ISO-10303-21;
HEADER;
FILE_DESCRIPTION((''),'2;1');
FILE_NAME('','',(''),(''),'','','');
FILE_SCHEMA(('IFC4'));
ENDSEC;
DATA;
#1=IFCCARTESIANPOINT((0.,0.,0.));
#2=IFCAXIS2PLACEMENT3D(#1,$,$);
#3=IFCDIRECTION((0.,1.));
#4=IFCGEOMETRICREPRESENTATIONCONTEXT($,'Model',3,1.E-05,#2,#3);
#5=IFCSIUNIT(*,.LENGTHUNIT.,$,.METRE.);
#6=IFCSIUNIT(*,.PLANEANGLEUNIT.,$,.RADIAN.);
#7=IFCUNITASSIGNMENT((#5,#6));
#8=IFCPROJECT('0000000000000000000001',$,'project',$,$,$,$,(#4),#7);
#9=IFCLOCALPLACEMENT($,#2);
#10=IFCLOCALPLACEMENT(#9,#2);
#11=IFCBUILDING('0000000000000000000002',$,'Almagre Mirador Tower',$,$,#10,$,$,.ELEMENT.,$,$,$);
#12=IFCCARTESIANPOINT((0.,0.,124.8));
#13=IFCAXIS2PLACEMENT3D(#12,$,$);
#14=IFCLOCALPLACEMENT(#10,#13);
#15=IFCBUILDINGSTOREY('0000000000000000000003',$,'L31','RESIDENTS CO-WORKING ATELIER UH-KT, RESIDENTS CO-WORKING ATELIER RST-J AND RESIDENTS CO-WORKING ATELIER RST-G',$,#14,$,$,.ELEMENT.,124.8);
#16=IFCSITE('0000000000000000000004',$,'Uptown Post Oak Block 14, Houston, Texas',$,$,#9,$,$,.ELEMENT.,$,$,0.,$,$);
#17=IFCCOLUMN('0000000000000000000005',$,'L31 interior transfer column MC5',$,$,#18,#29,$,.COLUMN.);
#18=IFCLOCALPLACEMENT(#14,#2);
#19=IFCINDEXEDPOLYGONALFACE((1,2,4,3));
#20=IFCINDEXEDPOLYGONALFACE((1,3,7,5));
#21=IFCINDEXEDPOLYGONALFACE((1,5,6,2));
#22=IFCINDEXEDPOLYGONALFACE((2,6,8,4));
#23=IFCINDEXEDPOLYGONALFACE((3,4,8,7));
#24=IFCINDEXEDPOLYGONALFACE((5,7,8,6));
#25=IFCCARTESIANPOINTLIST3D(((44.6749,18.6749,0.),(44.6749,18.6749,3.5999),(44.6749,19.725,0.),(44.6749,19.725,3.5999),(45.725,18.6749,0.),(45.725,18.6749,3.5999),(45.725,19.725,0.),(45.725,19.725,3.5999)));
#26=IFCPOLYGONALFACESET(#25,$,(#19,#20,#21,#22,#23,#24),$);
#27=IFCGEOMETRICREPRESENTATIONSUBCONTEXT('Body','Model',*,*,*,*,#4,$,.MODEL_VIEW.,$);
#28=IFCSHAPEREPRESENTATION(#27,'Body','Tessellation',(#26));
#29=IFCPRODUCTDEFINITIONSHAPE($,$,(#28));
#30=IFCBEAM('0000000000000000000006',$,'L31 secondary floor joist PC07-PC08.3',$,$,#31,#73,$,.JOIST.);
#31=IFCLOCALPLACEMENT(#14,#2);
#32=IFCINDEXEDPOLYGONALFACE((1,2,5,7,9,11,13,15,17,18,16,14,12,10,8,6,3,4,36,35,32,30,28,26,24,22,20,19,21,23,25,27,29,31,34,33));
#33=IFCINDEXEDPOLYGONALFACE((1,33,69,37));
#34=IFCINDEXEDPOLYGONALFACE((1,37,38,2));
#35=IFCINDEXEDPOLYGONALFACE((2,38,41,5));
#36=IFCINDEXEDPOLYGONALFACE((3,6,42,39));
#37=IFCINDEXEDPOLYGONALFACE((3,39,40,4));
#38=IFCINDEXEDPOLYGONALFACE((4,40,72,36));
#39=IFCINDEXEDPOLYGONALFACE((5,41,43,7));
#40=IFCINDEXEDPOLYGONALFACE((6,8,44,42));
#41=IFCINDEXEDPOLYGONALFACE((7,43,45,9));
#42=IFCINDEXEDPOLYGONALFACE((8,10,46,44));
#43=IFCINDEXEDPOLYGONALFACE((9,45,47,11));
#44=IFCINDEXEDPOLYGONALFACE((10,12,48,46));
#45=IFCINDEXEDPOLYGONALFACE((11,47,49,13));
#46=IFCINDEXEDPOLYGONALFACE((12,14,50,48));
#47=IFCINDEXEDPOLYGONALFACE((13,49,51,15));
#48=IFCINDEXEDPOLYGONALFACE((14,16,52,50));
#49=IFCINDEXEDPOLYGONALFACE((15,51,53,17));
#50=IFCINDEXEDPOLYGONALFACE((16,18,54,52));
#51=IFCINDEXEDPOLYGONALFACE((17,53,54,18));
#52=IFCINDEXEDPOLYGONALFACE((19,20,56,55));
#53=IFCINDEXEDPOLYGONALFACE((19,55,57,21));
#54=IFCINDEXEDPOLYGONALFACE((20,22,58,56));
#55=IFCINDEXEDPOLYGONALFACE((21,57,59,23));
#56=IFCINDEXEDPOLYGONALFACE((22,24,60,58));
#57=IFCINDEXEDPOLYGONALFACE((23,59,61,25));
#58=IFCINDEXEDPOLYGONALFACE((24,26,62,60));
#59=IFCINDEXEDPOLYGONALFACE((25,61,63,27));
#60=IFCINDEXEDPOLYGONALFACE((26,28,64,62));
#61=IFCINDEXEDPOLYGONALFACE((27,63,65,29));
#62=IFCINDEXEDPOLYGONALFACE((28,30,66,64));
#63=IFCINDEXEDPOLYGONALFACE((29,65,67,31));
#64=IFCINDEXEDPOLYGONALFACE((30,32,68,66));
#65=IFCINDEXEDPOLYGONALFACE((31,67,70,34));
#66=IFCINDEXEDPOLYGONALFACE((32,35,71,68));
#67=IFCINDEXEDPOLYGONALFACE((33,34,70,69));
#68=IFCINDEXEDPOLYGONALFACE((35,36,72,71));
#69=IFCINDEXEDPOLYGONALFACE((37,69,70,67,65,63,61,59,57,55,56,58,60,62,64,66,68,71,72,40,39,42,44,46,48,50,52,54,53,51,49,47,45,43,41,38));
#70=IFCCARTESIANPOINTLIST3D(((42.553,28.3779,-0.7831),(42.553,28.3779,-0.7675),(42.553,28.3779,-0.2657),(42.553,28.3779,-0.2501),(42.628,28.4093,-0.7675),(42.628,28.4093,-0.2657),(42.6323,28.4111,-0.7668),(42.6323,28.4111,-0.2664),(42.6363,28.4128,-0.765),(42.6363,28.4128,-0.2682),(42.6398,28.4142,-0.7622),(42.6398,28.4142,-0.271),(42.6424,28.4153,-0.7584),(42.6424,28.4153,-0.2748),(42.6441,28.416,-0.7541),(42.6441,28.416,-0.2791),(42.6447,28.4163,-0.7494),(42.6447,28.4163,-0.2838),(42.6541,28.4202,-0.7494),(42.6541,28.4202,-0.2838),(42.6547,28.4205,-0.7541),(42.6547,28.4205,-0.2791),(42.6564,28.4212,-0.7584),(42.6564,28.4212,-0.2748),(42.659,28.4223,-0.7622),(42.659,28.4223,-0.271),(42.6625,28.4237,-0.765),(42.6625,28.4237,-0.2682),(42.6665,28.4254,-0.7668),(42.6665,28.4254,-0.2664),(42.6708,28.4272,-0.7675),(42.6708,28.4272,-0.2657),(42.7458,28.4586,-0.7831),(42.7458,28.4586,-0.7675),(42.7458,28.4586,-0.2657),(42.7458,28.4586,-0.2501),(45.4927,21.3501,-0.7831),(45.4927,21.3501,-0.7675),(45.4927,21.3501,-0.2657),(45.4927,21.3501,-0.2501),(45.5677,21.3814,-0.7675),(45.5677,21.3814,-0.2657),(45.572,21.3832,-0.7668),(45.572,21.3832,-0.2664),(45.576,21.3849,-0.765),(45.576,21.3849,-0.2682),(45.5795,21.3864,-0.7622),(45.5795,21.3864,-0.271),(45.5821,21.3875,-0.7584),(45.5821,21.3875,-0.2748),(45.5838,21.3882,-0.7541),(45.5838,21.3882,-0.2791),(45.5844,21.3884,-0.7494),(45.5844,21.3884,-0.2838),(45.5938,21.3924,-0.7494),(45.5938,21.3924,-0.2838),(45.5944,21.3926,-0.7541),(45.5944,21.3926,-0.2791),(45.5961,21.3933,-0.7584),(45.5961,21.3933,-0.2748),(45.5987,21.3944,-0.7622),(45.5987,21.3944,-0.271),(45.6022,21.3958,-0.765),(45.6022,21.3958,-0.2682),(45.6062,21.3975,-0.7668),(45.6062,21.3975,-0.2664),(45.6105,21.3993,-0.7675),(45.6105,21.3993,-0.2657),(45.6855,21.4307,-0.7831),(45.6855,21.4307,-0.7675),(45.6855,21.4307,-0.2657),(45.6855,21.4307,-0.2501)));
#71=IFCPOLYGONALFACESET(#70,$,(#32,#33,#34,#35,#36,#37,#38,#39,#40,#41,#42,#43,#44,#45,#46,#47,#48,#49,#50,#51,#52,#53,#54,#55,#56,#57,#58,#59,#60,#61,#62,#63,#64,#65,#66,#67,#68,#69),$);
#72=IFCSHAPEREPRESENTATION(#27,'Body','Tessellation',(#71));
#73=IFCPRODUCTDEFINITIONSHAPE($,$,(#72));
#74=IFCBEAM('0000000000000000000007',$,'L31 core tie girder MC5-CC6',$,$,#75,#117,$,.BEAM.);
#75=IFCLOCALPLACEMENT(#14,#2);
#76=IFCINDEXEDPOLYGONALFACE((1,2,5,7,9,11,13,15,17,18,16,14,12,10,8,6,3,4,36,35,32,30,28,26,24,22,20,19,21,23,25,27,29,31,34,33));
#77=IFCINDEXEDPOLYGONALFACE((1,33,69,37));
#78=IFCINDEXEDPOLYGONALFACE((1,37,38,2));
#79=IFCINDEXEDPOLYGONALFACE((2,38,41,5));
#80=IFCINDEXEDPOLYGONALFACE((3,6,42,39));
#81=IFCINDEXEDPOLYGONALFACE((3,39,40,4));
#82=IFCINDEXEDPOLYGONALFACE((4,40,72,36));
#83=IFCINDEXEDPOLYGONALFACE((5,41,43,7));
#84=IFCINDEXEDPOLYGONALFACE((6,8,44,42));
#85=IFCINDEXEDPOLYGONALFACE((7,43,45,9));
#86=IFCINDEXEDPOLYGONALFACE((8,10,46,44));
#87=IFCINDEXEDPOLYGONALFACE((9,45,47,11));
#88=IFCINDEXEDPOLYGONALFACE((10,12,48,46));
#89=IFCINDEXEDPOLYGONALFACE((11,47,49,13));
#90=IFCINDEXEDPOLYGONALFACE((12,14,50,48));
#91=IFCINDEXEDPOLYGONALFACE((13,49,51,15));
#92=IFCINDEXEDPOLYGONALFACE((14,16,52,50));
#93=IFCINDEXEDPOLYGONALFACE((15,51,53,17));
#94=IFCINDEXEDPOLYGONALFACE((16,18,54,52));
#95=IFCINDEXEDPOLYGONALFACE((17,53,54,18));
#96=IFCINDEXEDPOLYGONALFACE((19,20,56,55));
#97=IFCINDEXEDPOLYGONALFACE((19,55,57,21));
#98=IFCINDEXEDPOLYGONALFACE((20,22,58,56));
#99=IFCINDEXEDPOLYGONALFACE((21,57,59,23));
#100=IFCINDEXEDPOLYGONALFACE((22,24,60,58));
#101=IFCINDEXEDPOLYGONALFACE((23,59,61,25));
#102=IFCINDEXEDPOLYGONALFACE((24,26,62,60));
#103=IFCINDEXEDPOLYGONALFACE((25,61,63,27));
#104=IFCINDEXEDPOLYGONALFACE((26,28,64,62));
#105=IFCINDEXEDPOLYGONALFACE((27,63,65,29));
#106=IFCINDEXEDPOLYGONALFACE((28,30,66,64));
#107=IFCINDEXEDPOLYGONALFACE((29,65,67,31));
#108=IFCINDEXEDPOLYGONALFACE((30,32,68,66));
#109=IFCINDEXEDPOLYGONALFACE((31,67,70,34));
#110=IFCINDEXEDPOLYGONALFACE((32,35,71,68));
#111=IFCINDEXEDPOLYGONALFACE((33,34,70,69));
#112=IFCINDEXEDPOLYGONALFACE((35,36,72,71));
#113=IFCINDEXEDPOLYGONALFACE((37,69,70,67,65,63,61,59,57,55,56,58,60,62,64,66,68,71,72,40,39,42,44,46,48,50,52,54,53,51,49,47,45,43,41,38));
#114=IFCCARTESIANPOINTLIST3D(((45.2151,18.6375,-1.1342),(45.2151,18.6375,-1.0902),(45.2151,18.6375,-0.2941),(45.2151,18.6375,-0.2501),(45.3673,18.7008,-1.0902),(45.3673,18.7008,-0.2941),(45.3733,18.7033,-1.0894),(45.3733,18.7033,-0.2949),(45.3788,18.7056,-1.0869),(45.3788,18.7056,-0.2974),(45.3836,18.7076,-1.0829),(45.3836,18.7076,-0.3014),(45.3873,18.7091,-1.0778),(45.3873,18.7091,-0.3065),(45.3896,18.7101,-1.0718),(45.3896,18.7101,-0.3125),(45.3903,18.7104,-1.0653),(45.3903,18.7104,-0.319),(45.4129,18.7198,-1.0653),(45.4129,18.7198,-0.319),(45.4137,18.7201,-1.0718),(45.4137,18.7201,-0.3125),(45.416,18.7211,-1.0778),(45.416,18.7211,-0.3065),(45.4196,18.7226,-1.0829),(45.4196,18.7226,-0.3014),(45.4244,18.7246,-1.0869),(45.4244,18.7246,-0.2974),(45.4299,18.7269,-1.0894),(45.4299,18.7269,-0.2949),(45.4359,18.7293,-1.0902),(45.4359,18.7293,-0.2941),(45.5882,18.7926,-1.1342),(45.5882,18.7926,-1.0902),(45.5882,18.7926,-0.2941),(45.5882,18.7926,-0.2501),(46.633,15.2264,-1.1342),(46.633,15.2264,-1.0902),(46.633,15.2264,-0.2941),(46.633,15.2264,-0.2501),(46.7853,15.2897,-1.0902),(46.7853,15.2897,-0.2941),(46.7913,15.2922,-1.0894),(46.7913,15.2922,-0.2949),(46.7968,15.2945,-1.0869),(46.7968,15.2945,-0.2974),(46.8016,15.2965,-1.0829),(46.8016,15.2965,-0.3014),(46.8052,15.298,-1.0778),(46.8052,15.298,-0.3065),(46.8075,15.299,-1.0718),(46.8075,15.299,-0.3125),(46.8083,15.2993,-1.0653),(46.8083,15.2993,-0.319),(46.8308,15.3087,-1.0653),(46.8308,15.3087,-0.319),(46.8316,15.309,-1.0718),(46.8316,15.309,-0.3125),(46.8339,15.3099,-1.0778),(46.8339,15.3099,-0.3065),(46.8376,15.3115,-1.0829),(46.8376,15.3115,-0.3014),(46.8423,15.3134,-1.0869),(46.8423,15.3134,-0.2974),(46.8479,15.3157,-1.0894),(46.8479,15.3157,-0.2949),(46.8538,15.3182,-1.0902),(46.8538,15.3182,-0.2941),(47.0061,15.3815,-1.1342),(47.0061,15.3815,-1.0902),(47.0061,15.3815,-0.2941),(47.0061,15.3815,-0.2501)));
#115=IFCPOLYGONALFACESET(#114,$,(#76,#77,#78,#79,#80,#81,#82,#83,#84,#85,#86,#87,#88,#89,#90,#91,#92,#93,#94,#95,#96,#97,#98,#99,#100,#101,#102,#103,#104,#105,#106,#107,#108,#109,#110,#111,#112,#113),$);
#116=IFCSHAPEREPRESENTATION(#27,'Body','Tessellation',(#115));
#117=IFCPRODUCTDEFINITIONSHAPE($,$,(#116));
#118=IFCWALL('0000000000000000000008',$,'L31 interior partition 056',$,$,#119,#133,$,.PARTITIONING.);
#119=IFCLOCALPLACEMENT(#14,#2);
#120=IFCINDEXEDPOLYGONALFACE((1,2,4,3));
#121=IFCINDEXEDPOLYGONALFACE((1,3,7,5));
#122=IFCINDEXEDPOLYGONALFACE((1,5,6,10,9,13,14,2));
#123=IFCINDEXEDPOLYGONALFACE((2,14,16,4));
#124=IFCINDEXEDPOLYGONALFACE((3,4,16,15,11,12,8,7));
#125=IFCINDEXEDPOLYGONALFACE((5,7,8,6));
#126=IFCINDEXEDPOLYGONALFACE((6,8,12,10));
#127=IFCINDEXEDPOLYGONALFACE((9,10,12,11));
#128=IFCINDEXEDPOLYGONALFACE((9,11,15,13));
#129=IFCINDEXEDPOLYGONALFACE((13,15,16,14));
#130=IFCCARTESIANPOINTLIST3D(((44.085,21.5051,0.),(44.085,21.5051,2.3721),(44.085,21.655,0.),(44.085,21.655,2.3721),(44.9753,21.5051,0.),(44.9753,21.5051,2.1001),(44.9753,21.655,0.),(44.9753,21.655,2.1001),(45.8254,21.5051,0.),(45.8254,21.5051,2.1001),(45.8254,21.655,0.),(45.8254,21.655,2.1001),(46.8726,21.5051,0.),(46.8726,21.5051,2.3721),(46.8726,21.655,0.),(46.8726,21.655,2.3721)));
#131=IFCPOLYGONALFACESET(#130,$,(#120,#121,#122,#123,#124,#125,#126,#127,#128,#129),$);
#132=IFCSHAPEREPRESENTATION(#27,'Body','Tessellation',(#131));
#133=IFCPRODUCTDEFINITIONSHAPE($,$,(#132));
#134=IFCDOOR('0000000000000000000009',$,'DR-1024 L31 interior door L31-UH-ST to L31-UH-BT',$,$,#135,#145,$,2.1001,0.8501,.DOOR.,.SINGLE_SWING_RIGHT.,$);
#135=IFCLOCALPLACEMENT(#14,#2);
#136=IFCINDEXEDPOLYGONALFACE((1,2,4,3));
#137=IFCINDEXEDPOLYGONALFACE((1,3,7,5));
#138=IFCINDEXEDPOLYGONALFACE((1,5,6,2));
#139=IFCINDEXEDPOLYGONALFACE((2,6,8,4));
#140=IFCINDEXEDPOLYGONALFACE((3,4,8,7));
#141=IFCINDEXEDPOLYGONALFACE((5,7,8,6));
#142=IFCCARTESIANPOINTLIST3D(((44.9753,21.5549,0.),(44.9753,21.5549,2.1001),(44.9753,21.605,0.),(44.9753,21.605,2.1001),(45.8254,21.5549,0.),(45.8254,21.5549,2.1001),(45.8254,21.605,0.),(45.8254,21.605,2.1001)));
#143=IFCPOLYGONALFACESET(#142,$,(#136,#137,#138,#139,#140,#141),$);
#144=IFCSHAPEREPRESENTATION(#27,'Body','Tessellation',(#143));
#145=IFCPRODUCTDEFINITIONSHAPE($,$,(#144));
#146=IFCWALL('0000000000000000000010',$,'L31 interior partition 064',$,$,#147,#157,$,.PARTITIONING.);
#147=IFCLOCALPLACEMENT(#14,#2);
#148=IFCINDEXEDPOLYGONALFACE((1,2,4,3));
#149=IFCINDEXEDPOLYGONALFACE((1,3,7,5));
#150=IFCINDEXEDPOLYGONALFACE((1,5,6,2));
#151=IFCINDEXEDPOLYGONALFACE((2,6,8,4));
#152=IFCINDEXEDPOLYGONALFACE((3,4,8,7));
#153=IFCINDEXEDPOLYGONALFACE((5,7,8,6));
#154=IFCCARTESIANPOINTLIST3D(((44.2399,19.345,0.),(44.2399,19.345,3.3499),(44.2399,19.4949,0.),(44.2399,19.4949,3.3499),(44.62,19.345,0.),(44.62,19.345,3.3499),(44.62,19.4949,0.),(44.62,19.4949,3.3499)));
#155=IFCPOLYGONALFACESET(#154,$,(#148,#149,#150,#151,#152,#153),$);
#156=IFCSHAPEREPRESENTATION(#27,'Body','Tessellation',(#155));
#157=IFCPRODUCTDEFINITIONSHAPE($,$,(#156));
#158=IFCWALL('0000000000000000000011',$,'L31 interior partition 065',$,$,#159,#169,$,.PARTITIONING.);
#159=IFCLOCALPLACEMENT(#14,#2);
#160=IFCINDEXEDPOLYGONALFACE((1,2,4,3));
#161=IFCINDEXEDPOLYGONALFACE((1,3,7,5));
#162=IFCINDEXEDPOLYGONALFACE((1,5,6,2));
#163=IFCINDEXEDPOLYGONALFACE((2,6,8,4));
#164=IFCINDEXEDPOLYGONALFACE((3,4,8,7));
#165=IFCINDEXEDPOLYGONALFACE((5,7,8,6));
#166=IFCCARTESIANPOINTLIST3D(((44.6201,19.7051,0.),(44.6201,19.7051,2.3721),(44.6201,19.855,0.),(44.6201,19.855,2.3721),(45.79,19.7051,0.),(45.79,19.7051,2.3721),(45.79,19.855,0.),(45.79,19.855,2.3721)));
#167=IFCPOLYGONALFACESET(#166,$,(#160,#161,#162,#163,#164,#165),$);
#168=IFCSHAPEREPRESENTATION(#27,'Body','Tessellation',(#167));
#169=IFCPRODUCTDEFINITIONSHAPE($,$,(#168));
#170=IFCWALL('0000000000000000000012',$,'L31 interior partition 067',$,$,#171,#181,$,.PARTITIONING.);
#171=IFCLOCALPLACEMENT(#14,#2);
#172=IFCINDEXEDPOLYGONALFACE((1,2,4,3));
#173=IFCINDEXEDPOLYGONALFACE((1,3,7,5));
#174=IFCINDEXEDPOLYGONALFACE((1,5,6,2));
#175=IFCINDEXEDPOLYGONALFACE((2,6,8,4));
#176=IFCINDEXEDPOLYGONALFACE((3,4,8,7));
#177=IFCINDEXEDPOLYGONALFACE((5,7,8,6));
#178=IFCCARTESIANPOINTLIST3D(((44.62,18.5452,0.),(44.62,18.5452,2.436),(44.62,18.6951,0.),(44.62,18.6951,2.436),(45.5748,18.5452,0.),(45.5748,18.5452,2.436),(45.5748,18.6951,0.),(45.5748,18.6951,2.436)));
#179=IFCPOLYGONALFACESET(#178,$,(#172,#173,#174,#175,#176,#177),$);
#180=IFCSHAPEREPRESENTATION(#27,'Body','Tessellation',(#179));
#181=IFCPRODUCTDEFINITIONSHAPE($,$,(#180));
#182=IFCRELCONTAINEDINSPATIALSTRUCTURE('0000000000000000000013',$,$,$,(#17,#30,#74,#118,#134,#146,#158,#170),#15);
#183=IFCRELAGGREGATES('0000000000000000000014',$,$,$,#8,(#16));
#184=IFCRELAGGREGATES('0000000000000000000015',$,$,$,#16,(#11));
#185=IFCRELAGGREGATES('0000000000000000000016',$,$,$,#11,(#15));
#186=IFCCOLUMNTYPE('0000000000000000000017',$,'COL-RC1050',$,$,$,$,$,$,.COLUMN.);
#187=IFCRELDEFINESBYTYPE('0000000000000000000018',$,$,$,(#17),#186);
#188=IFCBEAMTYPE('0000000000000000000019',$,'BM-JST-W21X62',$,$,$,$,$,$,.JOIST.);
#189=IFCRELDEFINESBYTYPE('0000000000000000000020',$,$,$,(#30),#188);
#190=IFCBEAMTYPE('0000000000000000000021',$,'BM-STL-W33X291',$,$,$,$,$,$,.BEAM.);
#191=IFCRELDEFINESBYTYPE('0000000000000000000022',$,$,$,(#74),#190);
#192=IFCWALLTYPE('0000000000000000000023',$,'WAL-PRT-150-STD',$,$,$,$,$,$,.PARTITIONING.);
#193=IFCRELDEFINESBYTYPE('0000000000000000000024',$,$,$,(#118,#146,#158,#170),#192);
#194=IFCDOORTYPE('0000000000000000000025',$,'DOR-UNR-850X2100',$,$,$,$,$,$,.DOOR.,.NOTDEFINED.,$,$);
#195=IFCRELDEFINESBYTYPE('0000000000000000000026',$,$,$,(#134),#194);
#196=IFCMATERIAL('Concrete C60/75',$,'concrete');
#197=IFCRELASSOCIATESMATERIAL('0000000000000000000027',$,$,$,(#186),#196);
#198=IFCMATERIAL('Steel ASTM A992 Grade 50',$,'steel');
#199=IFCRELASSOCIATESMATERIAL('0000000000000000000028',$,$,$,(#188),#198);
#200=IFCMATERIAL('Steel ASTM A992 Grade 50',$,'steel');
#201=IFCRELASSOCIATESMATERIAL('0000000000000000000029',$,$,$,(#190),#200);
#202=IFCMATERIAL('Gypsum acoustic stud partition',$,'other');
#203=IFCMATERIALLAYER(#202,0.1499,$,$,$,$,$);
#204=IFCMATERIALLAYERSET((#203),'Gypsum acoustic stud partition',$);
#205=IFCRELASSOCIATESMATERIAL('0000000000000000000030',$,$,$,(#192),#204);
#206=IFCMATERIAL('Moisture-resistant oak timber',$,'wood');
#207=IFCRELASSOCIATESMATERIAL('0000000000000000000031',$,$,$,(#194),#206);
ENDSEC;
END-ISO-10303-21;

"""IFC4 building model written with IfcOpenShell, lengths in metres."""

from ifc_helpers import new_model, si_unit, direction, frame, frame_2d, origin, origin_2d, place, context, subcontext, project, spatial, rectangle, i_section, extrude, material, layer, layer_set, material_profile, profile_set, type_object, element, fill, save


model = new_model("IFC4")

# Units and contexts
model_context = context("Model", 3, precision=1e-05, world=origin(), true_north=direction((0.0, 1.0)))
body_context = subcontext(model_context, "Body", "Model", "MODEL_VIEW")
ifc_project = project(units=[si_unit("LENGTHUNIT", "METRE"), si_unit("PLANEANGLEUNIT", "RADIAN")], contexts=[model_context])

# Site, building, storey
site_placement = place(None, origin())
site = spatial("IfcSite", under=ifc_project, at=site_placement, Name="Uptown Post Oak Block 14, Houston, Texas", CompositionType="ELEMENT", RefElevation=0.0)
building_placement = place(site_placement, origin())
building = spatial("IfcBuilding", under=site, at=building_placement, Name="Almagre Mirador Tower", CompositionType="ELEMENT")
storey_placement = place(building_placement, frame((0.0, 0.0, 124.8)))
storey = spatial("IfcBuildingStorey", under=building, at=storey_placement, Name="L31", Description="RESIDENTS CO-WORKING ATELIER UH-KT, RESIDENTS CO-WORKING ATELIER RST-J AND RESIDENTS CO-WORKING ATELIER RST-G", CompositionType="ELEMENT", Elevation=124.8)

# Column
ifc_material_1 = material(Name="Concrete C60/75", Category="concrete")
ifc_material_profile_1 = material_profile(ifc_material_1, rectangle(XDim=1.05, YDim=1.05, at=origin_2d()), Name="RC1050X1050")
ifc_profile_set_1 = profile_set([ifc_material_profile_1], Name="Concrete C60/75")
column_type = type_object("IfcColumnType", Name="COL-RC1050", PredefinedType="COLUMN", material=ifc_profile_set_1)
column_placement = place(storey_placement, frame((45.2, 19.2, 0.0), z_axis=(0.0, 0.0, 1.0), x_axis=(1.0, 0.0, 0.0)))
element("IfcColumn", 1, at=column_placement, inside=storey, type_object=column_type, Name="L31 interior transfer column MC5", PredefinedType="COLUMN", context=body_context, shape_type="SweptSolid", body=[
    extrude(rectangle(XDim=1.05, YDim=1.05, at=origin_2d()), origin(), (0.0, 0.0, 1.0), 3.5999),
])

# Beams
ifc_material_2 = material(Name="Steel ASTM A992 Grade 50", Category="steel")
ifc_material_profile_2 = material_profile(ifc_material_2, i_section(OverallWidth=0.209, OverallDepth=0.533, WebThickness=0.0103, FlangeThickness=0.0156, FilletRadius=0.0181, at=origin_2d()), Name="W21X62")
ifc_profile_set_2 = profile_set([ifc_material_profile_2], Name="Steel ASTM A992 Grade 50")
beam_type_1 = type_object("IfcBeamType", Name="BM-JST-W21X62", PredefinedType="JOIST", material=ifc_profile_set_2)
beam_1_placement = place(storey_placement, frame((45.5891, 21.3904, -0.5166), z_axis=(-0.385894, 0.922543, 0.0), x_axis=(-0.922543, -0.385894, 0.0)))
element("IfcBeam", 2, at=beam_1_placement, inside=storey, type_object=beam_type_1, Name="L31 secondary floor joist PC07-PC08.3", PredefinedType="JOIST", context=body_context, shape_type="SweptSolid", body=[
    extrude(i_section(OverallWidth=0.209, OverallDepth=0.533, WebThickness=0.0103, FlangeThickness=0.0156, FilletRadius=0.0181, at=origin_2d()), origin(), (0.0, 0.0, 1.0), 7.6179),
])
ifc_material_3 = material(Name="Steel ASTM A992 Grade 50", Category="steel")
ifc_material_profile_3 = material_profile(ifc_material_3, i_section(OverallWidth=0.4041, OverallDepth=0.884, WebThickness=0.0244, FlangeThickness=0.0439, FilletRadius=0.0249, at=origin_2d()), Name="W33X291")
ifc_profile_set_3 = profile_set([ifc_material_profile_3], Name="Steel ASTM A992 Grade 50")
beam_type_2 = type_object("IfcBeamType", Name="BM-STL-W33X291", PredefinedType="BEAM", material=ifc_profile_set_3)
beam_2_placement = place(storey_placement, frame((45.4016, 18.7151, -0.6921), z_axis=(0.383846, -0.923397, 0.0), x_axis=(0.923397, 0.383846, 0.0)))
element("IfcBeam", 3, at=beam_2_placement, inside=storey, type_object=beam_type_2, Name="L31 core tie girder MC5-CC6", PredefinedType="BEAM", context=body_context, shape_type="SweptSolid", body=[
    extrude(i_section(OverallWidth=0.4041, OverallDepth=0.884, WebThickness=0.0244, FlangeThickness=0.0439, FilletRadius=0.0249, at=origin_2d()), origin(), (0.0, 0.0, 1.0), 3.6941),
])

# Wall, opening, door
ifc_material_4 = material(Name="Gypsum acoustic stud partition", Category="other")
ifc_layer_1 = layer(ifc_material_4, 0.1499)
ifc_layer_set_1 = layer_set([ifc_layer_1], Name="Gypsum acoustic stud partition")
wall_type_1 = type_object("IfcWallType", Name="WAL-PRT-150-STD", PredefinedType="PARTITIONING", material=ifc_layer_set_1)
wall_1_placement = place(storey_placement, frame((44.085, 21.5801, 0.0), z_axis=(0.0, 0.0, 1.0), x_axis=(1.0, 0.0, 0.0)))
wall_1 = element("IfcWall", 4, at=wall_1_placement, inside=storey, type_object=wall_type_1, Name="L31 interior partition 056", PredefinedType="PARTITIONING", context=body_context, shape_type="SweptSolid", body=[
    extrude(rectangle(XDim=2.7876, YDim=0.1499, at=frame_2d((1.3938, 0.0))), origin(), (0.0, 0.0, 1.0), 2.3721),
])
opening_1_placement = place(wall_1_placement, frame((0.8904, 0.0, 0.0)))
opening_1 = element("IfcOpeningElement", 5, at=opening_1_placement, cuts=wall_1, PredefinedType="OPENING", context=body_context, shape_type="SweptSolid", body=[
    extrude(rectangle(XDim=0.8501, YDim=2.1001, at=frame_2d((0.425, 1.05))), frame((0.0, 0.085, 0.0), z_axis=(0.0, -1.0, 0.0), x_axis=(1.0, 0.0, 0.0)), (0.0, 0.0, 1.0), 0.1699),
])
ifc_material_5 = material(Name="Moisture-resistant oak timber", Category="wood")
door_type_1 = type_object("IfcDoorType", Name="DOR-UNR-850X2100", OperationType="NOTDEFINED", PredefinedType="DOOR", material=ifc_material_5)
door_1_placement = place(opening_1_placement, origin())
door_1 = element("IfcDoor", 6, at=door_1_placement, inside=storey, type_object=door_type_1, Name="DR-1024 L31 interior door L31-UH-ST to L31-UH-BT", OperationType="SINGLE_SWING_RIGHT", OverallHeight=2.1001, OverallWidth=0.8501, PredefinedType="DOOR", context=body_context, shape_type="SweptSolid", body=[
    extrude(rectangle(XDim=0.8501, YDim=2.1001, at=frame_2d((0.425, 1.05))), frame((0.0, 0.0249, 0.0), z_axis=(0.0, -1.0, 0.0), x_axis=(1.0, 0.0, 0.0)), (0.0, 0.0, 1.0), 0.05),
])
fill(opening_1, door_1)

# Walls
wall_2_placement = place(storey_placement, frame((44.24, 19.4199, 0.0), z_axis=(0.0, 0.0, 1.0), x_axis=(1.0, 0.0, 0.0)))
element("IfcWall", 7, at=wall_2_placement, inside=storey, type_object=wall_type_1, Name="L31 interior partition 064", PredefinedType="PARTITIONING", context=body_context, shape_type="SweptSolid", body=[
    extrude(rectangle(XDim=0.3801, YDim=0.1499, at=frame_2d((0.1899, 0.0))), origin(), (0.0, 0.0, 1.0), 3.3499),
])
wall_3_placement = place(storey_placement, frame((44.6201, 19.78, 0.0), z_axis=(0.0, 0.0, 1.0), x_axis=(1.0, 0.0, 0.0)))
element("IfcWall", 8, at=wall_3_placement, inside=storey, type_object=wall_type_1, Name="L31 interior partition 065", PredefinedType="PARTITIONING", context=body_context, shape_type="SweptSolid", body=[
    extrude(rectangle(XDim=1.1699, YDim=0.1499, at=frame_2d((0.585, 0.0))), origin(), (0.0, 0.0, 1.0), 2.3721),
])
wall_4_placement = place(storey_placement, frame((45.575, 18.6201, 0.0), z_axis=(0.0, 0.0, 1.0), x_axis=(-1.0, 0.0, 0.0)))
element("IfcWall", 9, at=wall_4_placement, inside=storey, type_object=wall_type_1, Name="L31 interior partition 067", PredefinedType="PARTITIONING", context=body_context, shape_type="SweptSolid", body=[
    extrude(rectangle(XDim=0.9548, YDim=0.1499, at=frame_2d((0.4775, 0.0))), origin(), (0.0, 0.0, 1.0), 2.436),
])

save(model, "model.ifc")
